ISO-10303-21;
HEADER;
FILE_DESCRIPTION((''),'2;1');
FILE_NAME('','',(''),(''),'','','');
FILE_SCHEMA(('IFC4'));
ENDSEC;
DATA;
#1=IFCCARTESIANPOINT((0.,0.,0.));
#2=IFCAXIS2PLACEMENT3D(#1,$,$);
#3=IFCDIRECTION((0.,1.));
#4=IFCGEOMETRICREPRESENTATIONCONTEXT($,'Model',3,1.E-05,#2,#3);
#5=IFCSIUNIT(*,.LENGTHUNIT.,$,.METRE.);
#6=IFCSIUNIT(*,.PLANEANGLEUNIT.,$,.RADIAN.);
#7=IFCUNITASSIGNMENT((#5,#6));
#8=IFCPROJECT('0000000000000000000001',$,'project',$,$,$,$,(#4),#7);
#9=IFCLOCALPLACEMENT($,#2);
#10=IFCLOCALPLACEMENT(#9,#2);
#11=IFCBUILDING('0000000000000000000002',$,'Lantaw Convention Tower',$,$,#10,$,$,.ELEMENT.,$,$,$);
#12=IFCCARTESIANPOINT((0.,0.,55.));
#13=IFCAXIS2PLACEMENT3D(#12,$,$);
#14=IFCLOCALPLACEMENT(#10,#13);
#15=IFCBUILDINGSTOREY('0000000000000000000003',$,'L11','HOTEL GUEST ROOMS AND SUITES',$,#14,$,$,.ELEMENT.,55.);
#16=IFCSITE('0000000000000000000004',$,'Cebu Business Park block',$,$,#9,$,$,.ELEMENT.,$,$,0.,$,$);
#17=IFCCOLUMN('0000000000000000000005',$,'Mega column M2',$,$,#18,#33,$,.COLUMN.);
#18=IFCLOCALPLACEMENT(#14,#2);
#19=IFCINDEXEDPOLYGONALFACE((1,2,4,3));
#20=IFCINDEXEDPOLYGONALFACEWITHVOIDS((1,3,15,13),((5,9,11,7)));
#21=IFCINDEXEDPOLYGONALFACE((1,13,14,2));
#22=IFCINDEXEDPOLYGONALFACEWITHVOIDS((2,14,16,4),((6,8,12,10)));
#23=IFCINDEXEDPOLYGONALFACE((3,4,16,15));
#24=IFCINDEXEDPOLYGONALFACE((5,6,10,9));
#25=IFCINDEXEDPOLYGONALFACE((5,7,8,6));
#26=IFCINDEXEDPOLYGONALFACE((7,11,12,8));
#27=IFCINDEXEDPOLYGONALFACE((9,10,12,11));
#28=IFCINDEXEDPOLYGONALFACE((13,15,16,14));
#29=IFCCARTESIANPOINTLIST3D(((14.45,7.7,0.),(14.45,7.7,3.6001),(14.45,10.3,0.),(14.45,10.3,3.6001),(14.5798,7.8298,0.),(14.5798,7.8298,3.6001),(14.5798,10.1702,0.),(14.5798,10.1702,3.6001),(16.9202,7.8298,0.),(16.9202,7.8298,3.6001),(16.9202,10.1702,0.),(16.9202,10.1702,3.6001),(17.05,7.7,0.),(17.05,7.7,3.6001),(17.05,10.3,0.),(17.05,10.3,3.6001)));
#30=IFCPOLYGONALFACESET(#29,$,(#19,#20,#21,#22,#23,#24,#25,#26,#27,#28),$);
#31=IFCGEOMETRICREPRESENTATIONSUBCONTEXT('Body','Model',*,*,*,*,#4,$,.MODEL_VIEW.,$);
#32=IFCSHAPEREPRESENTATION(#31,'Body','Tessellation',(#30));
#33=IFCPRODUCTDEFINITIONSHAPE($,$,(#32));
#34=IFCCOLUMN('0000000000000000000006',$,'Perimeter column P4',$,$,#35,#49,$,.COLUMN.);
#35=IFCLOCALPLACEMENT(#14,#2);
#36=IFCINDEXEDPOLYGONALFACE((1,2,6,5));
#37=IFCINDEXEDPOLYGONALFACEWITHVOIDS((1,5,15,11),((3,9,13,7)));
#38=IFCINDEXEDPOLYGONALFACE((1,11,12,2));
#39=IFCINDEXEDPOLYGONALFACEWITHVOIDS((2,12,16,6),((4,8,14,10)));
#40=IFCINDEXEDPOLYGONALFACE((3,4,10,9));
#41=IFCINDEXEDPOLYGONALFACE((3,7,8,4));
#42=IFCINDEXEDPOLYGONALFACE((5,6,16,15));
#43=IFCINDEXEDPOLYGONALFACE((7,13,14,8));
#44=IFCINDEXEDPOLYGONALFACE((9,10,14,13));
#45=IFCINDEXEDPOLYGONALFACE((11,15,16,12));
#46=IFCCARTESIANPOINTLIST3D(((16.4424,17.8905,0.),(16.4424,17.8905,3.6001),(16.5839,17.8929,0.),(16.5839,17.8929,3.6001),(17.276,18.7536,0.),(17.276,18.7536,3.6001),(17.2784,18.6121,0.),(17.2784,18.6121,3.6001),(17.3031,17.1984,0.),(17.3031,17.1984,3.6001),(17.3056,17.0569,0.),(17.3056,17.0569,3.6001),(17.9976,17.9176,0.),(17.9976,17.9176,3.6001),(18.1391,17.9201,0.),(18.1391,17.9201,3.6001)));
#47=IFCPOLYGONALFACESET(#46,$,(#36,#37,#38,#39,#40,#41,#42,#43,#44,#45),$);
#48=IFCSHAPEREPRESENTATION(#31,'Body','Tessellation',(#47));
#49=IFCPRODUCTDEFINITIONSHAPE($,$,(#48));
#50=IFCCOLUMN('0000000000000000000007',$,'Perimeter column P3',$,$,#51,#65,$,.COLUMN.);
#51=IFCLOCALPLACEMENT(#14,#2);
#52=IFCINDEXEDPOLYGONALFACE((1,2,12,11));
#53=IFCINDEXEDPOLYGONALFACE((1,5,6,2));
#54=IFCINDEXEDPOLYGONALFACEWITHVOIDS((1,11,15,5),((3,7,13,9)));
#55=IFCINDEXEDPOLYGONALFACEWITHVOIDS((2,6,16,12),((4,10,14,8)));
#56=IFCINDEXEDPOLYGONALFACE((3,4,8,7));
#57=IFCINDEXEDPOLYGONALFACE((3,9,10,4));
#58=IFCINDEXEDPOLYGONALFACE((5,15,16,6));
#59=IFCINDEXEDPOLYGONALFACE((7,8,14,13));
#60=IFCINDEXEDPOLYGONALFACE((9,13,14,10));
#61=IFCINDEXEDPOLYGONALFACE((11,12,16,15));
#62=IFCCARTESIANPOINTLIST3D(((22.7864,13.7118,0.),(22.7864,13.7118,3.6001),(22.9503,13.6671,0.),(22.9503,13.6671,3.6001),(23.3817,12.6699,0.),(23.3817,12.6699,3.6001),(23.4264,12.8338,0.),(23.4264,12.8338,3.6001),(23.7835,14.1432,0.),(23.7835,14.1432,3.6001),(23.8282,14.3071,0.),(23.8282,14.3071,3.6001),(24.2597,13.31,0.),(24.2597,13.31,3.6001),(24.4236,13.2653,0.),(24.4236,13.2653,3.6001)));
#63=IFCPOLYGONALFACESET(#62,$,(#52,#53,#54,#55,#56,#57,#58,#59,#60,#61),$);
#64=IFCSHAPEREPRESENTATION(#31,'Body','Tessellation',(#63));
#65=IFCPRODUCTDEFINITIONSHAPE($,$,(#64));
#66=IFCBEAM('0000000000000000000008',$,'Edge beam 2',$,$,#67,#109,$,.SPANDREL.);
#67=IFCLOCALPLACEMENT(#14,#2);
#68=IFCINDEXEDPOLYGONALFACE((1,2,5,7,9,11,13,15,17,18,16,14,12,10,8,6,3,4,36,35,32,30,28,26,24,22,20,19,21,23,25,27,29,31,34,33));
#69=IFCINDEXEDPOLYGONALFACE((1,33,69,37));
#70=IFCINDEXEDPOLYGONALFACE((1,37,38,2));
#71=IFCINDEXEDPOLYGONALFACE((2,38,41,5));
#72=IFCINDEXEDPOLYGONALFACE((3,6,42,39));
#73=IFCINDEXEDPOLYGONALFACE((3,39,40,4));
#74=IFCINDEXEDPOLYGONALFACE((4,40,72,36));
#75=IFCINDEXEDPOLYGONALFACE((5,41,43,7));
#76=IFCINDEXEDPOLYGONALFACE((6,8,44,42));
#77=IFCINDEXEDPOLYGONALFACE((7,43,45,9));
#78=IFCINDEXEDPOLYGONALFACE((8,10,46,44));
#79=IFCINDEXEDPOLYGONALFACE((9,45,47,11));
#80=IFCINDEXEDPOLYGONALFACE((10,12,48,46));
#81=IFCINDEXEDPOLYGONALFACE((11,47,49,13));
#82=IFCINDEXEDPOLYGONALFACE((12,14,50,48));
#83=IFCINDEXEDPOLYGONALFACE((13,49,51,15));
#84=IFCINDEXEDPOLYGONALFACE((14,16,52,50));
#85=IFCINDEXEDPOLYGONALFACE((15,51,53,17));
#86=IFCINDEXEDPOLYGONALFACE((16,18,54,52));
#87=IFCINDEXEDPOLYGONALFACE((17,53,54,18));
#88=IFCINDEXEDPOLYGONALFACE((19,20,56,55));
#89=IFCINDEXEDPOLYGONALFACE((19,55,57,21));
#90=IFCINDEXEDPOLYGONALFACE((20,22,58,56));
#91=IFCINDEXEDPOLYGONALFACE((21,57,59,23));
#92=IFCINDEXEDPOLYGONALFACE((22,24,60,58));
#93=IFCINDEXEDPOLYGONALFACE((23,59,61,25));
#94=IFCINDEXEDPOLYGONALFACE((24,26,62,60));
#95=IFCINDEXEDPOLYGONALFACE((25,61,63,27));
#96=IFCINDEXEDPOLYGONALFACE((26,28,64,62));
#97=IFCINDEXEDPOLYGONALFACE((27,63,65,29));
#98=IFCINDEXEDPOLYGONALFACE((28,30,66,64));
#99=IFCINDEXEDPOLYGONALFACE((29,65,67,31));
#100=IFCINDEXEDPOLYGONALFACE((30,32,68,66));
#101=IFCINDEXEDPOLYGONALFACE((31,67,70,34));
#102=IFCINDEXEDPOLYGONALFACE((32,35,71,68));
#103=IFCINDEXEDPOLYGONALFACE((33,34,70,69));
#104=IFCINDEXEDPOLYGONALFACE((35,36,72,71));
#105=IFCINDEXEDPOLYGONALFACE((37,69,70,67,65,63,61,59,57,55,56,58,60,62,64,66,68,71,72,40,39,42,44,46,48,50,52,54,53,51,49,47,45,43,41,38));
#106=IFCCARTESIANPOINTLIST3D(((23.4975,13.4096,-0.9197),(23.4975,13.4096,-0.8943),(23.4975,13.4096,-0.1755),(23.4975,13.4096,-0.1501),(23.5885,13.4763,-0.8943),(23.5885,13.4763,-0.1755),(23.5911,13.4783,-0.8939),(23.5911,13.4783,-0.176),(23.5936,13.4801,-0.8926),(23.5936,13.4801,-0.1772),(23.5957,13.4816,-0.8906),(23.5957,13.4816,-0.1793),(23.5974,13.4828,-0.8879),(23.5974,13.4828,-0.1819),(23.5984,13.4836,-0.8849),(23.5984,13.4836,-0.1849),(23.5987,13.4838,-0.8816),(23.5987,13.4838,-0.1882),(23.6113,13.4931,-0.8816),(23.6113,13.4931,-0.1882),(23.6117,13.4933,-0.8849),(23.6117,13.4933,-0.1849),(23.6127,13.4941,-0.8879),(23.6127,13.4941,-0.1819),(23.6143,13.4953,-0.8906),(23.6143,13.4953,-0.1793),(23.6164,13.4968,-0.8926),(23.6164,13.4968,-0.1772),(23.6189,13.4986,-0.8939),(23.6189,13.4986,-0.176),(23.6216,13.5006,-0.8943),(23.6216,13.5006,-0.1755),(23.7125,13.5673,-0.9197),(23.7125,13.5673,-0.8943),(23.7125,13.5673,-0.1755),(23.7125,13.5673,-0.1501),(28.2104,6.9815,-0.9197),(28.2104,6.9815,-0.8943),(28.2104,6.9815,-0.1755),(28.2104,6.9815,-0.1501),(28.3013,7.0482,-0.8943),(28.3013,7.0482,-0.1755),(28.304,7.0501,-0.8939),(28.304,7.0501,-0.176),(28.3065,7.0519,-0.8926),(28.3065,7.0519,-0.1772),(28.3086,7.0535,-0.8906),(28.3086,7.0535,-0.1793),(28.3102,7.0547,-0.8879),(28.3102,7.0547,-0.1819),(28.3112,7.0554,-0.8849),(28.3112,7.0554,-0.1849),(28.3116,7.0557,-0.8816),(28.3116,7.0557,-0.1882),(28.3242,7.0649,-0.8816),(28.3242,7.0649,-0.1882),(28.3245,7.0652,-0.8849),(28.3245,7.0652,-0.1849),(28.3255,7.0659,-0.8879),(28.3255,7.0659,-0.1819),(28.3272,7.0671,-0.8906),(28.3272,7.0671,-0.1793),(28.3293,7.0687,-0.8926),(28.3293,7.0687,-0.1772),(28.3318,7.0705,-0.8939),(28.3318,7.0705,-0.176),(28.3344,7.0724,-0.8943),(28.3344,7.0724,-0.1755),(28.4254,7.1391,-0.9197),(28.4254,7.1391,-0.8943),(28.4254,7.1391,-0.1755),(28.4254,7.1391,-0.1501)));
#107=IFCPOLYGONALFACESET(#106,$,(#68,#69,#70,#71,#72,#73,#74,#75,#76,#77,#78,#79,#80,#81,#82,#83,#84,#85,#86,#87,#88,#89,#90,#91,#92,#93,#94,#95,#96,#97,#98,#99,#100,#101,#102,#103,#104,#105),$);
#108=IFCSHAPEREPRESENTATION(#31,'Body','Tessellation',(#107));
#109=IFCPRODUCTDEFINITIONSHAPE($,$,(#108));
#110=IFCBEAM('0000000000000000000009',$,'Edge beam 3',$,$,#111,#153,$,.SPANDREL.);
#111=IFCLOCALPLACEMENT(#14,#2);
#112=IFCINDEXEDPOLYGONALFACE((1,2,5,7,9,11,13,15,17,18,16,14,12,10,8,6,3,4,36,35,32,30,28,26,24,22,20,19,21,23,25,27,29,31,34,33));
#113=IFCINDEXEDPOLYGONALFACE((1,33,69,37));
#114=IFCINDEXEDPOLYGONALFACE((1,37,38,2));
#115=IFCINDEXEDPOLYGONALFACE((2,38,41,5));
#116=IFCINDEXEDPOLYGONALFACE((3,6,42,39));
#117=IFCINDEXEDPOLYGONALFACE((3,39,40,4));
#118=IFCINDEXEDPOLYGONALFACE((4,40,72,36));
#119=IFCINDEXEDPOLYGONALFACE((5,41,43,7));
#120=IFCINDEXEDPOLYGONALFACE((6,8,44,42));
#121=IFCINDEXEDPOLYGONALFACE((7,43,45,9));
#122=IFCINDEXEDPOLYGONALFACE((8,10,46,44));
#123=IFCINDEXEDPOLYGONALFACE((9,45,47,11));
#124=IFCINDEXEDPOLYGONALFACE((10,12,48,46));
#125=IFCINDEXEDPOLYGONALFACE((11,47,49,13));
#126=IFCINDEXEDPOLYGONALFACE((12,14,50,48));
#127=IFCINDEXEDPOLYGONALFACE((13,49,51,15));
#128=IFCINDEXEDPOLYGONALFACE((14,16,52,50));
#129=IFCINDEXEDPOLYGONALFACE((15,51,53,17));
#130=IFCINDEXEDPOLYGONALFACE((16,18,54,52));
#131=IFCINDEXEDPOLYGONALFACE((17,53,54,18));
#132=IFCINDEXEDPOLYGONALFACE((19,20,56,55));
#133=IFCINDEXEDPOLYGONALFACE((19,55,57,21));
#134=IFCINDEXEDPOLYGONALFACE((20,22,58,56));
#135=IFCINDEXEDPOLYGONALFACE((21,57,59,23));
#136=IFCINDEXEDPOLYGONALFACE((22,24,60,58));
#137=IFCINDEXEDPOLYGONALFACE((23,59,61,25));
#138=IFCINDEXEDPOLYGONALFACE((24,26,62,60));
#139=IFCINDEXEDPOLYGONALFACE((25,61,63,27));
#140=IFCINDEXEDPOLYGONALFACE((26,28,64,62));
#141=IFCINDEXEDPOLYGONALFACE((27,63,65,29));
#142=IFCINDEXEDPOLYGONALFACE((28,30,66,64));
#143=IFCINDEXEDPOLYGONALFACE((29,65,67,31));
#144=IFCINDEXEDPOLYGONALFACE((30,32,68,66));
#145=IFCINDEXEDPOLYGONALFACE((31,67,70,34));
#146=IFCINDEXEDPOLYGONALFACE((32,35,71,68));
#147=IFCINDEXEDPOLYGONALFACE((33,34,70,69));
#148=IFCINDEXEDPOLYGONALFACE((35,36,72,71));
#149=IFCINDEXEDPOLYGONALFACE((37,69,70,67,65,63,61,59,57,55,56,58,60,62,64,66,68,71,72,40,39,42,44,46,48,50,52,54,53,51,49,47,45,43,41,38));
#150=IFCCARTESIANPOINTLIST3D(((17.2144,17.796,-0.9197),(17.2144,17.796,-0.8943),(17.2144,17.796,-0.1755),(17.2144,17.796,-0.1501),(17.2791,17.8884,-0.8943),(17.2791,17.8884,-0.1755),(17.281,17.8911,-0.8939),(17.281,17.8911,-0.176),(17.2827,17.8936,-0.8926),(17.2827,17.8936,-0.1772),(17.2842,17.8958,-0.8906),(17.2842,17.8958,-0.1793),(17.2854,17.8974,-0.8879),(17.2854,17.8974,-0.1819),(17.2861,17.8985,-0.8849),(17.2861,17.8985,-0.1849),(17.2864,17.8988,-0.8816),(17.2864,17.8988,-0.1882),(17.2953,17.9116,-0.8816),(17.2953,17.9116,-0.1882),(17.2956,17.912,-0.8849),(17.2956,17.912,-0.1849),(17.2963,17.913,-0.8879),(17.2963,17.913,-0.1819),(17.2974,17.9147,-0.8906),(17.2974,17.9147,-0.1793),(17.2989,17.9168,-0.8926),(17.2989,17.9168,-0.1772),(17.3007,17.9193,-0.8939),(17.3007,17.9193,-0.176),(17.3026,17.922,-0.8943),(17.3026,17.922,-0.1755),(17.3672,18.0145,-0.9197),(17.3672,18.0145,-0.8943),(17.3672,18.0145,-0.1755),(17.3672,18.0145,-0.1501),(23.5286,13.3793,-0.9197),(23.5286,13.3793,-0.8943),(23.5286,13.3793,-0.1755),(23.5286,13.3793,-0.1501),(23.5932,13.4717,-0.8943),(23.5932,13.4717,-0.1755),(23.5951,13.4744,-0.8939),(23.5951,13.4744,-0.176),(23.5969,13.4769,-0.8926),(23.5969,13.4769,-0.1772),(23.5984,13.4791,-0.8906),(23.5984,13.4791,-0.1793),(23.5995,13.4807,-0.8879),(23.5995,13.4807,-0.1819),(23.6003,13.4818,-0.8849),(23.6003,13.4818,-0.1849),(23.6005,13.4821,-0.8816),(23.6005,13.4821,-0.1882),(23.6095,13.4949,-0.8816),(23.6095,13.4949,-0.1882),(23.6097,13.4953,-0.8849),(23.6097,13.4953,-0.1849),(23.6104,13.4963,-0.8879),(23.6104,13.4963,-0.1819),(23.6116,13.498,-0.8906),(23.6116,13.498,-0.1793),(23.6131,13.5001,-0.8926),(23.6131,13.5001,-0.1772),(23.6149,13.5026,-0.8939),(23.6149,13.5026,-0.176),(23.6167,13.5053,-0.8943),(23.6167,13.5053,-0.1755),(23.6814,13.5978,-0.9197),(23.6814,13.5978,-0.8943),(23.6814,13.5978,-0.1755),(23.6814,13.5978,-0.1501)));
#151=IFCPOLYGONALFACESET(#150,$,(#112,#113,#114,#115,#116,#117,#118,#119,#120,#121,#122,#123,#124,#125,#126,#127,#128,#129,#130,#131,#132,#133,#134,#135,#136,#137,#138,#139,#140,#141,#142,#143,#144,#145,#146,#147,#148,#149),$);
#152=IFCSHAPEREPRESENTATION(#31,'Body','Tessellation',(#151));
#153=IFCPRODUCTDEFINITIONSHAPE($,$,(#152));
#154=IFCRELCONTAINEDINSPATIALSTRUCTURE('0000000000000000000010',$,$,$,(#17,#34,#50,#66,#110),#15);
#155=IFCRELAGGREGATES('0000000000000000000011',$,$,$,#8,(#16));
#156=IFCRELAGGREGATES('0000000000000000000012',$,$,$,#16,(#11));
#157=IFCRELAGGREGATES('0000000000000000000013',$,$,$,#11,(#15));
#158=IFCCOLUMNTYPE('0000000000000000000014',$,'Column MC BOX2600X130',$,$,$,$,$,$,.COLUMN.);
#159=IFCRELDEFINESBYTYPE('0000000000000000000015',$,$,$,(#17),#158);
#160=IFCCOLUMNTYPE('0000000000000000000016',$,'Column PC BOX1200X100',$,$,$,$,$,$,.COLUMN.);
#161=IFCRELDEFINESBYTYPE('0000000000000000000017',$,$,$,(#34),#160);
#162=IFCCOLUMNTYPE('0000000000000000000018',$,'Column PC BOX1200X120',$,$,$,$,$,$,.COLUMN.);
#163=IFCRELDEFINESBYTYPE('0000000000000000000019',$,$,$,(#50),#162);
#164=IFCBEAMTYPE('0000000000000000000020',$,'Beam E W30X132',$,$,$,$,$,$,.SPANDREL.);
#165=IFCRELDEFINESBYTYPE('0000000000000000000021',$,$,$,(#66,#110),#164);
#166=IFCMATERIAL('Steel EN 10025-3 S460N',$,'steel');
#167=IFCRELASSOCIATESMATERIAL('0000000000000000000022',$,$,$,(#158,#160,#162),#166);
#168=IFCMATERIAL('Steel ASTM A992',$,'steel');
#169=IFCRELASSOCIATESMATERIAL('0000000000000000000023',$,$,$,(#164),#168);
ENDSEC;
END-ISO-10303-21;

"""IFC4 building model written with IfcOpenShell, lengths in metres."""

from ifc_helpers import new_model, si_unit, direction, frame, origin, origin_2d, place, context, subcontext, project, spatial, rectangle, hollow_rectangle, i_section, extrude, material, material_profile, profile_set, type_object, element, save


model = new_model("IFC4")

# Units and contexts
model_context = context("Model", 3, precision=1e-05, world=origin(), true_north=direction((0.0, 1.0)))
body_context = subcontext(model_context, "Body", "Model", "MODEL_VIEW")
ifc_project = project(units=[si_unit("LENGTHUNIT", "METRE"), si_unit("PLANEANGLEUNIT", "RADIAN")], contexts=[model_context])

# Site, building, storey
site_placement = place(None, origin())
site = spatial("IfcSite", under=ifc_project, at=site_placement, Name="Cebu Business Park block", CompositionType="ELEMENT", RefElevation=0.0)
building_placement = place(site_placement, origin())
building = spatial("IfcBuilding", under=site, at=building_placement, Name="Lantaw Convention Tower", CompositionType="ELEMENT")
storey_placement = place(building_placement, frame((0.0, 0.0, 55.0)))
storey = spatial("IfcBuildingStorey", under=building, at=storey_placement, Name="L11", Description="HOTEL GUEST ROOMS AND SUITES", CompositionType="ELEMENT", Elevation=55.0)

# Columns
ifc_material_1 = material(Name="Steel EN 10025-3 S460N", Category="steel")
ifc_material_profile_1 = material_profile(ifc_material_1, hollow_rectangle(XDim=2.6001, YDim=2.6001, WallThickness=0.1299, at=origin_2d()), Name="BOX2600X130")
ifc_material_2 = material(Name="Concrete C60/75", Category="concrete")
ifc_material_profile_2 = material_profile(ifc_material_2, rectangle(XDim=2.3401, YDim=2.3401, at=origin_2d()), Name="Concrete fill of BOX2600X130")
ifc_profile_set_1 = profile_set([ifc_material_profile_1, ifc_material_profile_2], Name="Steel EN 10025-3 S460N")
column_type_1 = type_object("IfcColumnType", Name="Column MC BOX2600X130", PredefinedType="COLUMN", material=ifc_profile_set_1)
column_1_placement = place(storey_placement, frame((15.75, 9.0, 0.0), z_axis=(0.0, 0.0, 1.0), x_axis=(1.0, 0.0, 0.0)))
element("IfcColumn", 1, at=column_1_placement, inside=storey, type_object=column_type_1, Name="Mega column M2", PredefinedType="COLUMN", context=body_context, shape_type="SweptSolid", body=[
    extrude(hollow_rectangle(XDim=2.6001, YDim=2.6001, WallThickness=0.1299, at=origin_2d()), origin(), (0.0, 0.0, 1.0), 3.6001),
])
ifc_material_profile_3 = material_profile(ifc_material_1, hollow_rectangle(XDim=1.2, YDim=1.2, WallThickness=0.1001, at=origin_2d()), Name="BOX1200X100")
ifc_material_profile_4 = material_profile(ifc_material_2, rectangle(XDim=1.0, YDim=1.0, at=origin_2d()), Name="Concrete fill of BOX1200X100")
ifc_profile_set_2 = profile_set([ifc_material_profile_3, ifc_material_profile_4], Name="Steel EN 10025-3 S460N")
column_type_2 = type_object("IfcColumnType", Name="Column PC BOX1200X100", PredefinedType="COLUMN", material=ifc_profile_set_2)
column_2_placement = place(storey_placement, frame((17.2908, 17.9053, 0.0), z_axis=(0.0, 0.0, 1.0), x_axis=(0.694658, 0.71934, 0.0)))
element("IfcColumn", 2, at=column_2_placement, inside=storey, type_object=column_type_2, Name="Perimeter column P4", PredefinedType="COLUMN", context=body_context, shape_type="SweptSolid", body=[
    extrude(hollow_rectangle(XDim=1.2, YDim=1.2, WallThickness=0.1001, at=origin_2d()), origin(), (0.0, 0.0, 1.0), 3.6001),
])
ifc_material_profile_5 = material_profile(ifc_material_1, hollow_rectangle(XDim=1.2, YDim=1.2, WallThickness=0.1201, at=origin_2d()), Name="BOX1200X120")
ifc_material_profile_6 = material_profile(ifc_material_2, rectangle(XDim=0.96, YDim=0.96, at=origin_2d()), Name="Concrete fill of BOX1200X120")
ifc_profile_set_3 = profile_set([ifc_material_profile_5, ifc_material_profile_6], Name="Steel EN 10025-3 S460N")
column_type_3 = type_object("IfcColumnType", Name="Column PC BOX1200X120", PredefinedType="COLUMN", material=ifc_profile_set_3)
column_3_placement = place(storey_placement, frame((23.605, 13.4885, 0.0), z_axis=(0.0, 0.0, 1.0), x_axis=(0.868243, 0.496139, 0.0)))
element("IfcColumn", 3, at=column_3_placement, inside=storey, type_object=column_type_3, Name="Perimeter column P3", PredefinedType="COLUMN", context=body_context, shape_type="SweptSolid", body=[
    extrude(hollow_rectangle(XDim=1.2, YDim=1.2, WallThickness=0.1201, at=origin_2d()), origin(), (0.0, 0.0, 1.0), 3.6001),
])

# Beams
ifc_material_3 = material(Name="Steel ASTM A992", Category="steel")
ifc_material_profile_7 = material_profile(ifc_material_3, i_section(OverallWidth=0.2666, OverallDepth=0.7695, WebThickness=0.0156, FlangeThickness=0.0254, FilletRadius=0.0127, at=origin_2d()), Name="W30X132")
ifc_profile_set_4 = profile_set([ifc_material_profile_7], Name="Steel ASTM A992")
beam_type_1 = type_object("IfcBeamType", Name="Beam E W30X132", PredefinedType="SPANDREL", material=ifc_profile_set_4)
beam_1_placement = place(storey_placement, frame((28.3179, 7.0603, -0.5349), z_axis=(-0.591271, 0.806473, 0.0), x_axis=(-0.806473, -0.591271, 0.0)))
element("IfcBeam", 4, at=beam_1_placement, inside=storey, type_object=beam_type_1, Name="Edge beam 2", PredefinedType="SPANDREL", context=body_context, shape_type="SweptSolid", body=[
    extrude(i_section(OverallWidth=0.2666, OverallDepth=0.7695, WebThickness=0.0156, FlangeThickness=0.0254, FilletRadius=0.0127, at=origin_2d()), origin(), (0.0, 0.0, 1.0), 7.9707),
])
beam_2_placement = place(storey_placement, frame((23.605, 13.4885, -0.5349), z_axis=(-0.819427, 0.573184, 0.0), x_axis=(-0.573184, -0.819427, 0.0)))
element("IfcBeam", 5, at=beam_2_placement, inside=storey, type_object=beam_type_1, Name="Edge beam 3", PredefinedType="SPANDREL", context=body_context, shape_type="SweptSolid", body=[
    extrude(i_section(OverallWidth=0.2666, OverallDepth=0.7695, WebThickness=0.0156, FlangeThickness=0.0254, FilletRadius=0.0127, at=origin_2d()), origin(), (0.0, 0.0, 1.0), 7.7056),
])

save(model, "model.ifc")
